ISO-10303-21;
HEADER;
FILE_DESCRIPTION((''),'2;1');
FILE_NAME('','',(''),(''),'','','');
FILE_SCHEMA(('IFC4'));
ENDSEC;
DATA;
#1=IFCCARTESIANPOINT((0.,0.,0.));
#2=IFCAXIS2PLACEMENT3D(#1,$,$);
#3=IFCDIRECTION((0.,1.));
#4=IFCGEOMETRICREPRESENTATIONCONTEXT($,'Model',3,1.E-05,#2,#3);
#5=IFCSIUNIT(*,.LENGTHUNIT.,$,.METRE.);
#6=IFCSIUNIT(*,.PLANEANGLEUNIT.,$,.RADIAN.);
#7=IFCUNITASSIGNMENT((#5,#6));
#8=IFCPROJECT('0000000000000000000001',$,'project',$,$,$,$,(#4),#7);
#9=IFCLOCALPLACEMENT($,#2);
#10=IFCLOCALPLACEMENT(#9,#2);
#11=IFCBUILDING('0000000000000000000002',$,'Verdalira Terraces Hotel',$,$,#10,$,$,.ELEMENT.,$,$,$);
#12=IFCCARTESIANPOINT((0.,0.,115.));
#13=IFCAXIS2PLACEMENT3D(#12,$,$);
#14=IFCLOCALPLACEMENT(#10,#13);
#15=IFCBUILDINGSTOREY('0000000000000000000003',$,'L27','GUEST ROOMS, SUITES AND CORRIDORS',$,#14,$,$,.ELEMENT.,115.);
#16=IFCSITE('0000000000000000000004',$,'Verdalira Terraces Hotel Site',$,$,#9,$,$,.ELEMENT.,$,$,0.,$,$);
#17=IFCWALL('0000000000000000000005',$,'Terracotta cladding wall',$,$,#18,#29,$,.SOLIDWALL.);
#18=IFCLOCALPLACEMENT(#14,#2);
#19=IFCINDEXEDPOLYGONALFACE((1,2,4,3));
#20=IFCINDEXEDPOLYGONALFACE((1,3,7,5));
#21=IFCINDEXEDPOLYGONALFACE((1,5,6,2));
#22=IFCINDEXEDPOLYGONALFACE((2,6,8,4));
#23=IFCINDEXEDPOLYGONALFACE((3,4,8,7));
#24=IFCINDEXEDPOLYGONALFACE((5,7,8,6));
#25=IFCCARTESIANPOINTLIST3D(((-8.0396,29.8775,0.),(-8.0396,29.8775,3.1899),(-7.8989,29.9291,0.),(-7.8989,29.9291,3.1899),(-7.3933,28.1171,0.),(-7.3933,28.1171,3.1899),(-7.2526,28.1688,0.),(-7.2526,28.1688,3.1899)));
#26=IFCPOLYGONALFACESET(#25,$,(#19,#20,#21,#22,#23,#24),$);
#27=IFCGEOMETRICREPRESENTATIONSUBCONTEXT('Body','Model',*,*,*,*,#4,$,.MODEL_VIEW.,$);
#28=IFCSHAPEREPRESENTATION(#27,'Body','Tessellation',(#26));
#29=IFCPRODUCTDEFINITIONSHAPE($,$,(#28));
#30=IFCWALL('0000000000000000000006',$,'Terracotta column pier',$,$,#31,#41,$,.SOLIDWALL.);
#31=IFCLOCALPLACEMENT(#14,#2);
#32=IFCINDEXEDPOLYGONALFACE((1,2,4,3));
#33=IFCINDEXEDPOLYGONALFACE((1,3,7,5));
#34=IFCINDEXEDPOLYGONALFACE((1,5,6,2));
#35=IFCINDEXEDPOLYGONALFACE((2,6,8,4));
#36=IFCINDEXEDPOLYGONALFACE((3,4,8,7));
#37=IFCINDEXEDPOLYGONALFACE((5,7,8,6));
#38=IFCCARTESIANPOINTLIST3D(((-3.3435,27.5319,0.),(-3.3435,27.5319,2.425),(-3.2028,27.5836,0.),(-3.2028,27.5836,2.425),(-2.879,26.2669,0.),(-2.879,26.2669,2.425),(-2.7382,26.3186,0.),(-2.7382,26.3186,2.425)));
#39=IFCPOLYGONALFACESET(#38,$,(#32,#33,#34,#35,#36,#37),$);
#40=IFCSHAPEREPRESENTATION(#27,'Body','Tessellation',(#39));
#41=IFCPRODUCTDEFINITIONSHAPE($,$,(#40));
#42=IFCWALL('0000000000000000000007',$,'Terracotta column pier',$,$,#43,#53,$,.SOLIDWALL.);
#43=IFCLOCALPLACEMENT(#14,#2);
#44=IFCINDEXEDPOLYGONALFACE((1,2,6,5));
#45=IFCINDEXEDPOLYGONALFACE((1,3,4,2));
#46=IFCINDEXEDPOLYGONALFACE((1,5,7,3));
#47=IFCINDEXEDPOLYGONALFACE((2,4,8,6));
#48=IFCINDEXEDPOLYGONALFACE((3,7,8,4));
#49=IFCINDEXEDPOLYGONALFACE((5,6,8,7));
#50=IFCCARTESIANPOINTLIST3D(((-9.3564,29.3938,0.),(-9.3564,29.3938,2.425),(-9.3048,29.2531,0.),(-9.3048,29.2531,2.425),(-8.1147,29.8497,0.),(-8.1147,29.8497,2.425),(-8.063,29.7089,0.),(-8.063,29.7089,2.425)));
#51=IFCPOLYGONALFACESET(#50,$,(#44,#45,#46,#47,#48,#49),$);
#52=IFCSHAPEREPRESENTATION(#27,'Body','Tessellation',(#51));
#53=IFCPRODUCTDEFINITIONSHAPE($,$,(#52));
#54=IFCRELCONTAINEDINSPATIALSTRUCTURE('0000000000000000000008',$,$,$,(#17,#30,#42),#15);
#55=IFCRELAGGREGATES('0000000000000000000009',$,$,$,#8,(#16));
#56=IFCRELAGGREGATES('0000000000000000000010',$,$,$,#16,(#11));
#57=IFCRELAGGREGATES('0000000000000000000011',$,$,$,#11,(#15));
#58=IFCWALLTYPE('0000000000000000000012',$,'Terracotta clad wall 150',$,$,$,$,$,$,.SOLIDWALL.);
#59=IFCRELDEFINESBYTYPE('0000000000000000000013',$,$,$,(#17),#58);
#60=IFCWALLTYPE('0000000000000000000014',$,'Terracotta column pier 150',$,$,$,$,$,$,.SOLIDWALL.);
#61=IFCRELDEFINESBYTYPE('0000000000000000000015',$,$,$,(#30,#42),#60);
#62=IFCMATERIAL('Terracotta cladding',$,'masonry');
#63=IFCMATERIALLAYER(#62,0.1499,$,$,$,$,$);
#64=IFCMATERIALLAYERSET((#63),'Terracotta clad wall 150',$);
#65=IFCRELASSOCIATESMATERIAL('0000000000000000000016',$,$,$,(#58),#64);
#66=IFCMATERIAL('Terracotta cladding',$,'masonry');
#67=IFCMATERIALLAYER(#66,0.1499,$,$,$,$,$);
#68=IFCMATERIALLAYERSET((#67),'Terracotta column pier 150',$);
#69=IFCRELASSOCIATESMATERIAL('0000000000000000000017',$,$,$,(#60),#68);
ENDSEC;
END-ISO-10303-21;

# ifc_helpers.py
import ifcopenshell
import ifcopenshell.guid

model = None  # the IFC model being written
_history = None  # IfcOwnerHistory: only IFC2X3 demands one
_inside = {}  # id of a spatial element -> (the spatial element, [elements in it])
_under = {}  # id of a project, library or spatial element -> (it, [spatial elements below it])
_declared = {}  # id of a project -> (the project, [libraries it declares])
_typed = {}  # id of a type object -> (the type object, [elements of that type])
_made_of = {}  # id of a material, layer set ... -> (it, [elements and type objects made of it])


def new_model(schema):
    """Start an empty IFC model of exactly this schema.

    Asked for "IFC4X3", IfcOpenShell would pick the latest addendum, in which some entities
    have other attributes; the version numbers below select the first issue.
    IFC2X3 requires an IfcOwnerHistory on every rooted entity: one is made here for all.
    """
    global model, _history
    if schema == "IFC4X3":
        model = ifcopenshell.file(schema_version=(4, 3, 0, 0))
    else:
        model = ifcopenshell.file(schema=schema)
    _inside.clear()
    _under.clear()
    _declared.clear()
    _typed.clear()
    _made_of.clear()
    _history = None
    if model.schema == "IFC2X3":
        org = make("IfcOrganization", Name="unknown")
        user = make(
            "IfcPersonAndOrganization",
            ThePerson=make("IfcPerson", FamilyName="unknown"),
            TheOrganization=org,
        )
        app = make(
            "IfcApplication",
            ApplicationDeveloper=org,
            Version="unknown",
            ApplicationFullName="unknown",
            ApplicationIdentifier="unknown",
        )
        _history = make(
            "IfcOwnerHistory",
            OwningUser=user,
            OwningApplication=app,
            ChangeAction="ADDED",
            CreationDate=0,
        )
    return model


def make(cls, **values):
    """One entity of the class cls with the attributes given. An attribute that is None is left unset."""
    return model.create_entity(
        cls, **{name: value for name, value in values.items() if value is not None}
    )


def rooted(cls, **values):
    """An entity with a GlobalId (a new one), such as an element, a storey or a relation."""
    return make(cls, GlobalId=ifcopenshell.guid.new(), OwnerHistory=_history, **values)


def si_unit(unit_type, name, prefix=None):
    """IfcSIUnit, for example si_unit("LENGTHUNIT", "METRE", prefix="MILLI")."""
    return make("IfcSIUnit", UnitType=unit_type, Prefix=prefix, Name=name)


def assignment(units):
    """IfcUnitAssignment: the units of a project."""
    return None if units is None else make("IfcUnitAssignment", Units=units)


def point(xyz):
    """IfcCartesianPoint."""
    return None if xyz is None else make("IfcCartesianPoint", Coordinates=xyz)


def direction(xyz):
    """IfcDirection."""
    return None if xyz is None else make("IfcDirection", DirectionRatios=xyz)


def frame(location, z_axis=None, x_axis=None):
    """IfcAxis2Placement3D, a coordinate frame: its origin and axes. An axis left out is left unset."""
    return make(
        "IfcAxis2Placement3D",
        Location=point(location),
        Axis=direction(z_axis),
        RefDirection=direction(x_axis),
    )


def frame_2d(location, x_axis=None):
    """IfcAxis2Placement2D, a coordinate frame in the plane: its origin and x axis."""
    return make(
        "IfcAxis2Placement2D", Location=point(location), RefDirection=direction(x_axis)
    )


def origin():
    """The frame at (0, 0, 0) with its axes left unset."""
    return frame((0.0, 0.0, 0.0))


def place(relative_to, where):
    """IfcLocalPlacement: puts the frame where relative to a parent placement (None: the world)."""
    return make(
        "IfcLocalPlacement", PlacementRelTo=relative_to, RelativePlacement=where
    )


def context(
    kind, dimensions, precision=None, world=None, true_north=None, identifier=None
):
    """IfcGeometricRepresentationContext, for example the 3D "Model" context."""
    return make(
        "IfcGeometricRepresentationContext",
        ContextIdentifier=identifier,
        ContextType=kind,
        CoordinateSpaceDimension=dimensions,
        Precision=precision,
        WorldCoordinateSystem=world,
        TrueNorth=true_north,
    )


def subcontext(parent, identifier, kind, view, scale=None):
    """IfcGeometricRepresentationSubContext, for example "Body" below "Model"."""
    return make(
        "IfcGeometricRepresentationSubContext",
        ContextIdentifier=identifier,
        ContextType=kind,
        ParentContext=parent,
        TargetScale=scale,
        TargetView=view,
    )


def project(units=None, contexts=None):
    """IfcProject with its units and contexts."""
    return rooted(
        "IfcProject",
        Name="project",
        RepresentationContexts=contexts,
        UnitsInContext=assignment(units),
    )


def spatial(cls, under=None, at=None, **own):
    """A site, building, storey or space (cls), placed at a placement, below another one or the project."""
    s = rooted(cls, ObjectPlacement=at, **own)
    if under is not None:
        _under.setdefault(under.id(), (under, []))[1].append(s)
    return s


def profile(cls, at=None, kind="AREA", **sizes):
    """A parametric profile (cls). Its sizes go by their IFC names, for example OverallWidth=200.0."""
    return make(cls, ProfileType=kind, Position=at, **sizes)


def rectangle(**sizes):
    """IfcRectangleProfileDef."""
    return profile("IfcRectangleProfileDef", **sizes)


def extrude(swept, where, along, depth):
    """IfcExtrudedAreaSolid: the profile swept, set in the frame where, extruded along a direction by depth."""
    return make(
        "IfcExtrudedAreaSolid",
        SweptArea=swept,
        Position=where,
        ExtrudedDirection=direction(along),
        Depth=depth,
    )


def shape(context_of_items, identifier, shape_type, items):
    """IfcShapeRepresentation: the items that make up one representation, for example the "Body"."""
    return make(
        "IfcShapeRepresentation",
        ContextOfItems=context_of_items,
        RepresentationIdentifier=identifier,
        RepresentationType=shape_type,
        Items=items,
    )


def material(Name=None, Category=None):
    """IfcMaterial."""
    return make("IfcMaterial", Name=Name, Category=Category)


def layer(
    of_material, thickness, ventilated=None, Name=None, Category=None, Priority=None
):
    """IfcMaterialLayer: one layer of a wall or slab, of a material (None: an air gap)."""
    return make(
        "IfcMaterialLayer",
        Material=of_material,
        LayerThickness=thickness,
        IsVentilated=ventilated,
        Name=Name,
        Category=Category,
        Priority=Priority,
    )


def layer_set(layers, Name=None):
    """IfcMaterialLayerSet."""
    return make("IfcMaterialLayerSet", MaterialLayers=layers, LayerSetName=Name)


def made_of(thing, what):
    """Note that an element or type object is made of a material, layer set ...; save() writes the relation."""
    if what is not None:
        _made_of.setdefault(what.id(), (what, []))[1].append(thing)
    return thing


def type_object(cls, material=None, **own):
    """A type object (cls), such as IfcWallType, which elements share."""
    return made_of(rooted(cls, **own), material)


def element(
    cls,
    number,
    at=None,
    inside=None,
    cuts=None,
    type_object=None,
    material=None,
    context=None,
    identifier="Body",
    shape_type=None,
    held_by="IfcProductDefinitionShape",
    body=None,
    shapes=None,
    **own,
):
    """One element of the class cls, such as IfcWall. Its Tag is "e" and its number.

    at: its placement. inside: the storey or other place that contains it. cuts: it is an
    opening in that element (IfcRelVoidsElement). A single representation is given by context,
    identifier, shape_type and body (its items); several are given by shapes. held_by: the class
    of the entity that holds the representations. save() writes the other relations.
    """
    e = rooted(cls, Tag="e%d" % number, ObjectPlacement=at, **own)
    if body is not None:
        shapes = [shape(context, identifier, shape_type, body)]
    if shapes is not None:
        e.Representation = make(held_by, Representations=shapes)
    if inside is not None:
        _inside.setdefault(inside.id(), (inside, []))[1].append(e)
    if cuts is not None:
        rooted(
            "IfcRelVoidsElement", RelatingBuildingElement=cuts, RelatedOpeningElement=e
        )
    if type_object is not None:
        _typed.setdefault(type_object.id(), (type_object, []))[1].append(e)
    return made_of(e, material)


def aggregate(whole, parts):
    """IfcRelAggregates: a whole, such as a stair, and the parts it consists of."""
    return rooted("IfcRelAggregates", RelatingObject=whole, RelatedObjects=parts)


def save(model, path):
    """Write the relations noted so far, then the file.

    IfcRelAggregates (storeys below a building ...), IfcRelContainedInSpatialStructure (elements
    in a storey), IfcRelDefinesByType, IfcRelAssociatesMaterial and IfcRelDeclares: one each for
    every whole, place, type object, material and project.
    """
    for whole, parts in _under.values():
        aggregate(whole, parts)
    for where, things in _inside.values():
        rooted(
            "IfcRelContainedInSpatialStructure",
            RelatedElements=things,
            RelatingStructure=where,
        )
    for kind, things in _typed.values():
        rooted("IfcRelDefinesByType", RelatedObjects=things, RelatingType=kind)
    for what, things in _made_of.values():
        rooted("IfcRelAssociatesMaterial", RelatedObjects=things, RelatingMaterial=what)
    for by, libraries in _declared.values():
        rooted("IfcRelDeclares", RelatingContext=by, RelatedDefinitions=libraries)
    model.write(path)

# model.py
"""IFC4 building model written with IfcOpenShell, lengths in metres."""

from ifc_helpers import new_model, si_unit, direction, frame, frame_2d, origin, place, context, subcontext, project, spatial, rectangle, extrude, material, layer, layer_set, type_object, element, save


model = new_model("IFC4")

# Units and contexts
model_context = context("Model", 3, precision=1e-05, world=origin(), true_north=direction((0.0, 1.0)))
body_context = subcontext(model_context, "Body", "Model", "MODEL_VIEW")
ifc_project = project(units=[si_unit("LENGTHUNIT", "METRE"), si_unit("PLANEANGLEUNIT", "RADIAN")], contexts=[model_context])

# Site, building, storey
site_placement = place(None, origin())
site = spatial("IfcSite", under=ifc_project, at=site_placement, Name="Verdalira Terraces Hotel Site", CompositionType="ELEMENT", RefElevation=0.0)
building_placement = place(site_placement, origin())
building = spatial("IfcBuilding", under=site, at=building_placement, Name="Verdalira Terraces Hotel", CompositionType="ELEMENT")
storey_placement = place(building_placement, frame((0.0, 0.0, 115.0)))
storey = spatial("IfcBuildingStorey", under=building, at=storey_placement, Name="L27", Description="GUEST ROOMS, SUITES AND CORRIDORS", CompositionType="ELEMENT", Elevation=115.0)

# Walls
ifc_material_1 = material(Name="Terracotta cladding", Category="masonry")
ifc_layer_1 = layer(ifc_material_1, 0.1499)
ifc_layer_set_1 = layer_set([ifc_layer_1], Name="Terracotta clad wall 150")
wall_type_1 = type_object("IfcWallType", Name="Terracotta clad wall 150", PredefinedType="SOLIDWALL", material=ifc_layer_set_1)
for number, where, z_axis, x_axis, name in (
    (1, (-7.323, 28.1431, 0.0), (0.0, 0.0, 1.0), (-0.344637, 0.938736, 0.0), "Terracotta cladding wall"),
):
    element("IfcWall", number, at=place(storey_placement, frame(where, z_axis=z_axis, x_axis=x_axis)), inside=storey, type_object=wall_type_1, Name=name, PredefinedType="SOLIDWALL", context=body_context, shape_type="SweptSolid", body=[
        extrude(rectangle(XDim=1.8752, YDim=0.1499, at=frame_2d((0.9375, 0.0))), origin(), (0.0, 0.0, 1.0), 3.1899),
    ])
ifc_material_2 = material(Name="Terracotta cladding", Category="masonry")
ifc_layer_2 = layer(ifc_material_2, 0.1499)
ifc_layer_set_2 = layer_set([ifc_layer_2], Name="Terracotta column pier 150")
wall_type_2 = type_object("IfcWallType", Name="Terracotta column pier 150", PredefinedType="SOLIDWALL", material=ifc_layer_set_2)
wall_1_placement = place(storey_placement, frame((-2.8086, 26.2927, 0.0), z_axis=(0.0, 0.0, 1.0), x_axis=(-0.344723, 0.938704, 0.0)))
element("IfcWall", 2, at=wall_1_placement, inside=storey, type_object=wall_type_2, Name="Terracotta column pier", PredefinedType="SOLIDWALL", context=body_context, shape_type="SweptSolid", body=[
    extrude(rectangle(XDim=1.3477, YDim=0.1499, at=frame_2d((0.6738, 0.0))), origin(), (0.0, 0.0, 1.0), 2.425),
])
wall_2_placement = place(storey_placement, frame((-8.0889, 29.7793, 0.0), z_axis=(0.0, 0.0, 1.0), x_axis=(-0.938749, -0.344602, 0.0)))
element("IfcWall", 3, at=wall_2_placement, inside=storey, type_object=wall_type_2, Name="Terracotta column pier", PredefinedType="SOLIDWALL", context=body_context, shape_type="SweptSolid", body=[
    extrude(rectangle(XDim=1.3228, YDim=0.1499, at=frame_2d((0.6614, 0.0))), origin(), (0.0, 0.0, 1.0), 2.425),
])

save(model, "model.ifc")
